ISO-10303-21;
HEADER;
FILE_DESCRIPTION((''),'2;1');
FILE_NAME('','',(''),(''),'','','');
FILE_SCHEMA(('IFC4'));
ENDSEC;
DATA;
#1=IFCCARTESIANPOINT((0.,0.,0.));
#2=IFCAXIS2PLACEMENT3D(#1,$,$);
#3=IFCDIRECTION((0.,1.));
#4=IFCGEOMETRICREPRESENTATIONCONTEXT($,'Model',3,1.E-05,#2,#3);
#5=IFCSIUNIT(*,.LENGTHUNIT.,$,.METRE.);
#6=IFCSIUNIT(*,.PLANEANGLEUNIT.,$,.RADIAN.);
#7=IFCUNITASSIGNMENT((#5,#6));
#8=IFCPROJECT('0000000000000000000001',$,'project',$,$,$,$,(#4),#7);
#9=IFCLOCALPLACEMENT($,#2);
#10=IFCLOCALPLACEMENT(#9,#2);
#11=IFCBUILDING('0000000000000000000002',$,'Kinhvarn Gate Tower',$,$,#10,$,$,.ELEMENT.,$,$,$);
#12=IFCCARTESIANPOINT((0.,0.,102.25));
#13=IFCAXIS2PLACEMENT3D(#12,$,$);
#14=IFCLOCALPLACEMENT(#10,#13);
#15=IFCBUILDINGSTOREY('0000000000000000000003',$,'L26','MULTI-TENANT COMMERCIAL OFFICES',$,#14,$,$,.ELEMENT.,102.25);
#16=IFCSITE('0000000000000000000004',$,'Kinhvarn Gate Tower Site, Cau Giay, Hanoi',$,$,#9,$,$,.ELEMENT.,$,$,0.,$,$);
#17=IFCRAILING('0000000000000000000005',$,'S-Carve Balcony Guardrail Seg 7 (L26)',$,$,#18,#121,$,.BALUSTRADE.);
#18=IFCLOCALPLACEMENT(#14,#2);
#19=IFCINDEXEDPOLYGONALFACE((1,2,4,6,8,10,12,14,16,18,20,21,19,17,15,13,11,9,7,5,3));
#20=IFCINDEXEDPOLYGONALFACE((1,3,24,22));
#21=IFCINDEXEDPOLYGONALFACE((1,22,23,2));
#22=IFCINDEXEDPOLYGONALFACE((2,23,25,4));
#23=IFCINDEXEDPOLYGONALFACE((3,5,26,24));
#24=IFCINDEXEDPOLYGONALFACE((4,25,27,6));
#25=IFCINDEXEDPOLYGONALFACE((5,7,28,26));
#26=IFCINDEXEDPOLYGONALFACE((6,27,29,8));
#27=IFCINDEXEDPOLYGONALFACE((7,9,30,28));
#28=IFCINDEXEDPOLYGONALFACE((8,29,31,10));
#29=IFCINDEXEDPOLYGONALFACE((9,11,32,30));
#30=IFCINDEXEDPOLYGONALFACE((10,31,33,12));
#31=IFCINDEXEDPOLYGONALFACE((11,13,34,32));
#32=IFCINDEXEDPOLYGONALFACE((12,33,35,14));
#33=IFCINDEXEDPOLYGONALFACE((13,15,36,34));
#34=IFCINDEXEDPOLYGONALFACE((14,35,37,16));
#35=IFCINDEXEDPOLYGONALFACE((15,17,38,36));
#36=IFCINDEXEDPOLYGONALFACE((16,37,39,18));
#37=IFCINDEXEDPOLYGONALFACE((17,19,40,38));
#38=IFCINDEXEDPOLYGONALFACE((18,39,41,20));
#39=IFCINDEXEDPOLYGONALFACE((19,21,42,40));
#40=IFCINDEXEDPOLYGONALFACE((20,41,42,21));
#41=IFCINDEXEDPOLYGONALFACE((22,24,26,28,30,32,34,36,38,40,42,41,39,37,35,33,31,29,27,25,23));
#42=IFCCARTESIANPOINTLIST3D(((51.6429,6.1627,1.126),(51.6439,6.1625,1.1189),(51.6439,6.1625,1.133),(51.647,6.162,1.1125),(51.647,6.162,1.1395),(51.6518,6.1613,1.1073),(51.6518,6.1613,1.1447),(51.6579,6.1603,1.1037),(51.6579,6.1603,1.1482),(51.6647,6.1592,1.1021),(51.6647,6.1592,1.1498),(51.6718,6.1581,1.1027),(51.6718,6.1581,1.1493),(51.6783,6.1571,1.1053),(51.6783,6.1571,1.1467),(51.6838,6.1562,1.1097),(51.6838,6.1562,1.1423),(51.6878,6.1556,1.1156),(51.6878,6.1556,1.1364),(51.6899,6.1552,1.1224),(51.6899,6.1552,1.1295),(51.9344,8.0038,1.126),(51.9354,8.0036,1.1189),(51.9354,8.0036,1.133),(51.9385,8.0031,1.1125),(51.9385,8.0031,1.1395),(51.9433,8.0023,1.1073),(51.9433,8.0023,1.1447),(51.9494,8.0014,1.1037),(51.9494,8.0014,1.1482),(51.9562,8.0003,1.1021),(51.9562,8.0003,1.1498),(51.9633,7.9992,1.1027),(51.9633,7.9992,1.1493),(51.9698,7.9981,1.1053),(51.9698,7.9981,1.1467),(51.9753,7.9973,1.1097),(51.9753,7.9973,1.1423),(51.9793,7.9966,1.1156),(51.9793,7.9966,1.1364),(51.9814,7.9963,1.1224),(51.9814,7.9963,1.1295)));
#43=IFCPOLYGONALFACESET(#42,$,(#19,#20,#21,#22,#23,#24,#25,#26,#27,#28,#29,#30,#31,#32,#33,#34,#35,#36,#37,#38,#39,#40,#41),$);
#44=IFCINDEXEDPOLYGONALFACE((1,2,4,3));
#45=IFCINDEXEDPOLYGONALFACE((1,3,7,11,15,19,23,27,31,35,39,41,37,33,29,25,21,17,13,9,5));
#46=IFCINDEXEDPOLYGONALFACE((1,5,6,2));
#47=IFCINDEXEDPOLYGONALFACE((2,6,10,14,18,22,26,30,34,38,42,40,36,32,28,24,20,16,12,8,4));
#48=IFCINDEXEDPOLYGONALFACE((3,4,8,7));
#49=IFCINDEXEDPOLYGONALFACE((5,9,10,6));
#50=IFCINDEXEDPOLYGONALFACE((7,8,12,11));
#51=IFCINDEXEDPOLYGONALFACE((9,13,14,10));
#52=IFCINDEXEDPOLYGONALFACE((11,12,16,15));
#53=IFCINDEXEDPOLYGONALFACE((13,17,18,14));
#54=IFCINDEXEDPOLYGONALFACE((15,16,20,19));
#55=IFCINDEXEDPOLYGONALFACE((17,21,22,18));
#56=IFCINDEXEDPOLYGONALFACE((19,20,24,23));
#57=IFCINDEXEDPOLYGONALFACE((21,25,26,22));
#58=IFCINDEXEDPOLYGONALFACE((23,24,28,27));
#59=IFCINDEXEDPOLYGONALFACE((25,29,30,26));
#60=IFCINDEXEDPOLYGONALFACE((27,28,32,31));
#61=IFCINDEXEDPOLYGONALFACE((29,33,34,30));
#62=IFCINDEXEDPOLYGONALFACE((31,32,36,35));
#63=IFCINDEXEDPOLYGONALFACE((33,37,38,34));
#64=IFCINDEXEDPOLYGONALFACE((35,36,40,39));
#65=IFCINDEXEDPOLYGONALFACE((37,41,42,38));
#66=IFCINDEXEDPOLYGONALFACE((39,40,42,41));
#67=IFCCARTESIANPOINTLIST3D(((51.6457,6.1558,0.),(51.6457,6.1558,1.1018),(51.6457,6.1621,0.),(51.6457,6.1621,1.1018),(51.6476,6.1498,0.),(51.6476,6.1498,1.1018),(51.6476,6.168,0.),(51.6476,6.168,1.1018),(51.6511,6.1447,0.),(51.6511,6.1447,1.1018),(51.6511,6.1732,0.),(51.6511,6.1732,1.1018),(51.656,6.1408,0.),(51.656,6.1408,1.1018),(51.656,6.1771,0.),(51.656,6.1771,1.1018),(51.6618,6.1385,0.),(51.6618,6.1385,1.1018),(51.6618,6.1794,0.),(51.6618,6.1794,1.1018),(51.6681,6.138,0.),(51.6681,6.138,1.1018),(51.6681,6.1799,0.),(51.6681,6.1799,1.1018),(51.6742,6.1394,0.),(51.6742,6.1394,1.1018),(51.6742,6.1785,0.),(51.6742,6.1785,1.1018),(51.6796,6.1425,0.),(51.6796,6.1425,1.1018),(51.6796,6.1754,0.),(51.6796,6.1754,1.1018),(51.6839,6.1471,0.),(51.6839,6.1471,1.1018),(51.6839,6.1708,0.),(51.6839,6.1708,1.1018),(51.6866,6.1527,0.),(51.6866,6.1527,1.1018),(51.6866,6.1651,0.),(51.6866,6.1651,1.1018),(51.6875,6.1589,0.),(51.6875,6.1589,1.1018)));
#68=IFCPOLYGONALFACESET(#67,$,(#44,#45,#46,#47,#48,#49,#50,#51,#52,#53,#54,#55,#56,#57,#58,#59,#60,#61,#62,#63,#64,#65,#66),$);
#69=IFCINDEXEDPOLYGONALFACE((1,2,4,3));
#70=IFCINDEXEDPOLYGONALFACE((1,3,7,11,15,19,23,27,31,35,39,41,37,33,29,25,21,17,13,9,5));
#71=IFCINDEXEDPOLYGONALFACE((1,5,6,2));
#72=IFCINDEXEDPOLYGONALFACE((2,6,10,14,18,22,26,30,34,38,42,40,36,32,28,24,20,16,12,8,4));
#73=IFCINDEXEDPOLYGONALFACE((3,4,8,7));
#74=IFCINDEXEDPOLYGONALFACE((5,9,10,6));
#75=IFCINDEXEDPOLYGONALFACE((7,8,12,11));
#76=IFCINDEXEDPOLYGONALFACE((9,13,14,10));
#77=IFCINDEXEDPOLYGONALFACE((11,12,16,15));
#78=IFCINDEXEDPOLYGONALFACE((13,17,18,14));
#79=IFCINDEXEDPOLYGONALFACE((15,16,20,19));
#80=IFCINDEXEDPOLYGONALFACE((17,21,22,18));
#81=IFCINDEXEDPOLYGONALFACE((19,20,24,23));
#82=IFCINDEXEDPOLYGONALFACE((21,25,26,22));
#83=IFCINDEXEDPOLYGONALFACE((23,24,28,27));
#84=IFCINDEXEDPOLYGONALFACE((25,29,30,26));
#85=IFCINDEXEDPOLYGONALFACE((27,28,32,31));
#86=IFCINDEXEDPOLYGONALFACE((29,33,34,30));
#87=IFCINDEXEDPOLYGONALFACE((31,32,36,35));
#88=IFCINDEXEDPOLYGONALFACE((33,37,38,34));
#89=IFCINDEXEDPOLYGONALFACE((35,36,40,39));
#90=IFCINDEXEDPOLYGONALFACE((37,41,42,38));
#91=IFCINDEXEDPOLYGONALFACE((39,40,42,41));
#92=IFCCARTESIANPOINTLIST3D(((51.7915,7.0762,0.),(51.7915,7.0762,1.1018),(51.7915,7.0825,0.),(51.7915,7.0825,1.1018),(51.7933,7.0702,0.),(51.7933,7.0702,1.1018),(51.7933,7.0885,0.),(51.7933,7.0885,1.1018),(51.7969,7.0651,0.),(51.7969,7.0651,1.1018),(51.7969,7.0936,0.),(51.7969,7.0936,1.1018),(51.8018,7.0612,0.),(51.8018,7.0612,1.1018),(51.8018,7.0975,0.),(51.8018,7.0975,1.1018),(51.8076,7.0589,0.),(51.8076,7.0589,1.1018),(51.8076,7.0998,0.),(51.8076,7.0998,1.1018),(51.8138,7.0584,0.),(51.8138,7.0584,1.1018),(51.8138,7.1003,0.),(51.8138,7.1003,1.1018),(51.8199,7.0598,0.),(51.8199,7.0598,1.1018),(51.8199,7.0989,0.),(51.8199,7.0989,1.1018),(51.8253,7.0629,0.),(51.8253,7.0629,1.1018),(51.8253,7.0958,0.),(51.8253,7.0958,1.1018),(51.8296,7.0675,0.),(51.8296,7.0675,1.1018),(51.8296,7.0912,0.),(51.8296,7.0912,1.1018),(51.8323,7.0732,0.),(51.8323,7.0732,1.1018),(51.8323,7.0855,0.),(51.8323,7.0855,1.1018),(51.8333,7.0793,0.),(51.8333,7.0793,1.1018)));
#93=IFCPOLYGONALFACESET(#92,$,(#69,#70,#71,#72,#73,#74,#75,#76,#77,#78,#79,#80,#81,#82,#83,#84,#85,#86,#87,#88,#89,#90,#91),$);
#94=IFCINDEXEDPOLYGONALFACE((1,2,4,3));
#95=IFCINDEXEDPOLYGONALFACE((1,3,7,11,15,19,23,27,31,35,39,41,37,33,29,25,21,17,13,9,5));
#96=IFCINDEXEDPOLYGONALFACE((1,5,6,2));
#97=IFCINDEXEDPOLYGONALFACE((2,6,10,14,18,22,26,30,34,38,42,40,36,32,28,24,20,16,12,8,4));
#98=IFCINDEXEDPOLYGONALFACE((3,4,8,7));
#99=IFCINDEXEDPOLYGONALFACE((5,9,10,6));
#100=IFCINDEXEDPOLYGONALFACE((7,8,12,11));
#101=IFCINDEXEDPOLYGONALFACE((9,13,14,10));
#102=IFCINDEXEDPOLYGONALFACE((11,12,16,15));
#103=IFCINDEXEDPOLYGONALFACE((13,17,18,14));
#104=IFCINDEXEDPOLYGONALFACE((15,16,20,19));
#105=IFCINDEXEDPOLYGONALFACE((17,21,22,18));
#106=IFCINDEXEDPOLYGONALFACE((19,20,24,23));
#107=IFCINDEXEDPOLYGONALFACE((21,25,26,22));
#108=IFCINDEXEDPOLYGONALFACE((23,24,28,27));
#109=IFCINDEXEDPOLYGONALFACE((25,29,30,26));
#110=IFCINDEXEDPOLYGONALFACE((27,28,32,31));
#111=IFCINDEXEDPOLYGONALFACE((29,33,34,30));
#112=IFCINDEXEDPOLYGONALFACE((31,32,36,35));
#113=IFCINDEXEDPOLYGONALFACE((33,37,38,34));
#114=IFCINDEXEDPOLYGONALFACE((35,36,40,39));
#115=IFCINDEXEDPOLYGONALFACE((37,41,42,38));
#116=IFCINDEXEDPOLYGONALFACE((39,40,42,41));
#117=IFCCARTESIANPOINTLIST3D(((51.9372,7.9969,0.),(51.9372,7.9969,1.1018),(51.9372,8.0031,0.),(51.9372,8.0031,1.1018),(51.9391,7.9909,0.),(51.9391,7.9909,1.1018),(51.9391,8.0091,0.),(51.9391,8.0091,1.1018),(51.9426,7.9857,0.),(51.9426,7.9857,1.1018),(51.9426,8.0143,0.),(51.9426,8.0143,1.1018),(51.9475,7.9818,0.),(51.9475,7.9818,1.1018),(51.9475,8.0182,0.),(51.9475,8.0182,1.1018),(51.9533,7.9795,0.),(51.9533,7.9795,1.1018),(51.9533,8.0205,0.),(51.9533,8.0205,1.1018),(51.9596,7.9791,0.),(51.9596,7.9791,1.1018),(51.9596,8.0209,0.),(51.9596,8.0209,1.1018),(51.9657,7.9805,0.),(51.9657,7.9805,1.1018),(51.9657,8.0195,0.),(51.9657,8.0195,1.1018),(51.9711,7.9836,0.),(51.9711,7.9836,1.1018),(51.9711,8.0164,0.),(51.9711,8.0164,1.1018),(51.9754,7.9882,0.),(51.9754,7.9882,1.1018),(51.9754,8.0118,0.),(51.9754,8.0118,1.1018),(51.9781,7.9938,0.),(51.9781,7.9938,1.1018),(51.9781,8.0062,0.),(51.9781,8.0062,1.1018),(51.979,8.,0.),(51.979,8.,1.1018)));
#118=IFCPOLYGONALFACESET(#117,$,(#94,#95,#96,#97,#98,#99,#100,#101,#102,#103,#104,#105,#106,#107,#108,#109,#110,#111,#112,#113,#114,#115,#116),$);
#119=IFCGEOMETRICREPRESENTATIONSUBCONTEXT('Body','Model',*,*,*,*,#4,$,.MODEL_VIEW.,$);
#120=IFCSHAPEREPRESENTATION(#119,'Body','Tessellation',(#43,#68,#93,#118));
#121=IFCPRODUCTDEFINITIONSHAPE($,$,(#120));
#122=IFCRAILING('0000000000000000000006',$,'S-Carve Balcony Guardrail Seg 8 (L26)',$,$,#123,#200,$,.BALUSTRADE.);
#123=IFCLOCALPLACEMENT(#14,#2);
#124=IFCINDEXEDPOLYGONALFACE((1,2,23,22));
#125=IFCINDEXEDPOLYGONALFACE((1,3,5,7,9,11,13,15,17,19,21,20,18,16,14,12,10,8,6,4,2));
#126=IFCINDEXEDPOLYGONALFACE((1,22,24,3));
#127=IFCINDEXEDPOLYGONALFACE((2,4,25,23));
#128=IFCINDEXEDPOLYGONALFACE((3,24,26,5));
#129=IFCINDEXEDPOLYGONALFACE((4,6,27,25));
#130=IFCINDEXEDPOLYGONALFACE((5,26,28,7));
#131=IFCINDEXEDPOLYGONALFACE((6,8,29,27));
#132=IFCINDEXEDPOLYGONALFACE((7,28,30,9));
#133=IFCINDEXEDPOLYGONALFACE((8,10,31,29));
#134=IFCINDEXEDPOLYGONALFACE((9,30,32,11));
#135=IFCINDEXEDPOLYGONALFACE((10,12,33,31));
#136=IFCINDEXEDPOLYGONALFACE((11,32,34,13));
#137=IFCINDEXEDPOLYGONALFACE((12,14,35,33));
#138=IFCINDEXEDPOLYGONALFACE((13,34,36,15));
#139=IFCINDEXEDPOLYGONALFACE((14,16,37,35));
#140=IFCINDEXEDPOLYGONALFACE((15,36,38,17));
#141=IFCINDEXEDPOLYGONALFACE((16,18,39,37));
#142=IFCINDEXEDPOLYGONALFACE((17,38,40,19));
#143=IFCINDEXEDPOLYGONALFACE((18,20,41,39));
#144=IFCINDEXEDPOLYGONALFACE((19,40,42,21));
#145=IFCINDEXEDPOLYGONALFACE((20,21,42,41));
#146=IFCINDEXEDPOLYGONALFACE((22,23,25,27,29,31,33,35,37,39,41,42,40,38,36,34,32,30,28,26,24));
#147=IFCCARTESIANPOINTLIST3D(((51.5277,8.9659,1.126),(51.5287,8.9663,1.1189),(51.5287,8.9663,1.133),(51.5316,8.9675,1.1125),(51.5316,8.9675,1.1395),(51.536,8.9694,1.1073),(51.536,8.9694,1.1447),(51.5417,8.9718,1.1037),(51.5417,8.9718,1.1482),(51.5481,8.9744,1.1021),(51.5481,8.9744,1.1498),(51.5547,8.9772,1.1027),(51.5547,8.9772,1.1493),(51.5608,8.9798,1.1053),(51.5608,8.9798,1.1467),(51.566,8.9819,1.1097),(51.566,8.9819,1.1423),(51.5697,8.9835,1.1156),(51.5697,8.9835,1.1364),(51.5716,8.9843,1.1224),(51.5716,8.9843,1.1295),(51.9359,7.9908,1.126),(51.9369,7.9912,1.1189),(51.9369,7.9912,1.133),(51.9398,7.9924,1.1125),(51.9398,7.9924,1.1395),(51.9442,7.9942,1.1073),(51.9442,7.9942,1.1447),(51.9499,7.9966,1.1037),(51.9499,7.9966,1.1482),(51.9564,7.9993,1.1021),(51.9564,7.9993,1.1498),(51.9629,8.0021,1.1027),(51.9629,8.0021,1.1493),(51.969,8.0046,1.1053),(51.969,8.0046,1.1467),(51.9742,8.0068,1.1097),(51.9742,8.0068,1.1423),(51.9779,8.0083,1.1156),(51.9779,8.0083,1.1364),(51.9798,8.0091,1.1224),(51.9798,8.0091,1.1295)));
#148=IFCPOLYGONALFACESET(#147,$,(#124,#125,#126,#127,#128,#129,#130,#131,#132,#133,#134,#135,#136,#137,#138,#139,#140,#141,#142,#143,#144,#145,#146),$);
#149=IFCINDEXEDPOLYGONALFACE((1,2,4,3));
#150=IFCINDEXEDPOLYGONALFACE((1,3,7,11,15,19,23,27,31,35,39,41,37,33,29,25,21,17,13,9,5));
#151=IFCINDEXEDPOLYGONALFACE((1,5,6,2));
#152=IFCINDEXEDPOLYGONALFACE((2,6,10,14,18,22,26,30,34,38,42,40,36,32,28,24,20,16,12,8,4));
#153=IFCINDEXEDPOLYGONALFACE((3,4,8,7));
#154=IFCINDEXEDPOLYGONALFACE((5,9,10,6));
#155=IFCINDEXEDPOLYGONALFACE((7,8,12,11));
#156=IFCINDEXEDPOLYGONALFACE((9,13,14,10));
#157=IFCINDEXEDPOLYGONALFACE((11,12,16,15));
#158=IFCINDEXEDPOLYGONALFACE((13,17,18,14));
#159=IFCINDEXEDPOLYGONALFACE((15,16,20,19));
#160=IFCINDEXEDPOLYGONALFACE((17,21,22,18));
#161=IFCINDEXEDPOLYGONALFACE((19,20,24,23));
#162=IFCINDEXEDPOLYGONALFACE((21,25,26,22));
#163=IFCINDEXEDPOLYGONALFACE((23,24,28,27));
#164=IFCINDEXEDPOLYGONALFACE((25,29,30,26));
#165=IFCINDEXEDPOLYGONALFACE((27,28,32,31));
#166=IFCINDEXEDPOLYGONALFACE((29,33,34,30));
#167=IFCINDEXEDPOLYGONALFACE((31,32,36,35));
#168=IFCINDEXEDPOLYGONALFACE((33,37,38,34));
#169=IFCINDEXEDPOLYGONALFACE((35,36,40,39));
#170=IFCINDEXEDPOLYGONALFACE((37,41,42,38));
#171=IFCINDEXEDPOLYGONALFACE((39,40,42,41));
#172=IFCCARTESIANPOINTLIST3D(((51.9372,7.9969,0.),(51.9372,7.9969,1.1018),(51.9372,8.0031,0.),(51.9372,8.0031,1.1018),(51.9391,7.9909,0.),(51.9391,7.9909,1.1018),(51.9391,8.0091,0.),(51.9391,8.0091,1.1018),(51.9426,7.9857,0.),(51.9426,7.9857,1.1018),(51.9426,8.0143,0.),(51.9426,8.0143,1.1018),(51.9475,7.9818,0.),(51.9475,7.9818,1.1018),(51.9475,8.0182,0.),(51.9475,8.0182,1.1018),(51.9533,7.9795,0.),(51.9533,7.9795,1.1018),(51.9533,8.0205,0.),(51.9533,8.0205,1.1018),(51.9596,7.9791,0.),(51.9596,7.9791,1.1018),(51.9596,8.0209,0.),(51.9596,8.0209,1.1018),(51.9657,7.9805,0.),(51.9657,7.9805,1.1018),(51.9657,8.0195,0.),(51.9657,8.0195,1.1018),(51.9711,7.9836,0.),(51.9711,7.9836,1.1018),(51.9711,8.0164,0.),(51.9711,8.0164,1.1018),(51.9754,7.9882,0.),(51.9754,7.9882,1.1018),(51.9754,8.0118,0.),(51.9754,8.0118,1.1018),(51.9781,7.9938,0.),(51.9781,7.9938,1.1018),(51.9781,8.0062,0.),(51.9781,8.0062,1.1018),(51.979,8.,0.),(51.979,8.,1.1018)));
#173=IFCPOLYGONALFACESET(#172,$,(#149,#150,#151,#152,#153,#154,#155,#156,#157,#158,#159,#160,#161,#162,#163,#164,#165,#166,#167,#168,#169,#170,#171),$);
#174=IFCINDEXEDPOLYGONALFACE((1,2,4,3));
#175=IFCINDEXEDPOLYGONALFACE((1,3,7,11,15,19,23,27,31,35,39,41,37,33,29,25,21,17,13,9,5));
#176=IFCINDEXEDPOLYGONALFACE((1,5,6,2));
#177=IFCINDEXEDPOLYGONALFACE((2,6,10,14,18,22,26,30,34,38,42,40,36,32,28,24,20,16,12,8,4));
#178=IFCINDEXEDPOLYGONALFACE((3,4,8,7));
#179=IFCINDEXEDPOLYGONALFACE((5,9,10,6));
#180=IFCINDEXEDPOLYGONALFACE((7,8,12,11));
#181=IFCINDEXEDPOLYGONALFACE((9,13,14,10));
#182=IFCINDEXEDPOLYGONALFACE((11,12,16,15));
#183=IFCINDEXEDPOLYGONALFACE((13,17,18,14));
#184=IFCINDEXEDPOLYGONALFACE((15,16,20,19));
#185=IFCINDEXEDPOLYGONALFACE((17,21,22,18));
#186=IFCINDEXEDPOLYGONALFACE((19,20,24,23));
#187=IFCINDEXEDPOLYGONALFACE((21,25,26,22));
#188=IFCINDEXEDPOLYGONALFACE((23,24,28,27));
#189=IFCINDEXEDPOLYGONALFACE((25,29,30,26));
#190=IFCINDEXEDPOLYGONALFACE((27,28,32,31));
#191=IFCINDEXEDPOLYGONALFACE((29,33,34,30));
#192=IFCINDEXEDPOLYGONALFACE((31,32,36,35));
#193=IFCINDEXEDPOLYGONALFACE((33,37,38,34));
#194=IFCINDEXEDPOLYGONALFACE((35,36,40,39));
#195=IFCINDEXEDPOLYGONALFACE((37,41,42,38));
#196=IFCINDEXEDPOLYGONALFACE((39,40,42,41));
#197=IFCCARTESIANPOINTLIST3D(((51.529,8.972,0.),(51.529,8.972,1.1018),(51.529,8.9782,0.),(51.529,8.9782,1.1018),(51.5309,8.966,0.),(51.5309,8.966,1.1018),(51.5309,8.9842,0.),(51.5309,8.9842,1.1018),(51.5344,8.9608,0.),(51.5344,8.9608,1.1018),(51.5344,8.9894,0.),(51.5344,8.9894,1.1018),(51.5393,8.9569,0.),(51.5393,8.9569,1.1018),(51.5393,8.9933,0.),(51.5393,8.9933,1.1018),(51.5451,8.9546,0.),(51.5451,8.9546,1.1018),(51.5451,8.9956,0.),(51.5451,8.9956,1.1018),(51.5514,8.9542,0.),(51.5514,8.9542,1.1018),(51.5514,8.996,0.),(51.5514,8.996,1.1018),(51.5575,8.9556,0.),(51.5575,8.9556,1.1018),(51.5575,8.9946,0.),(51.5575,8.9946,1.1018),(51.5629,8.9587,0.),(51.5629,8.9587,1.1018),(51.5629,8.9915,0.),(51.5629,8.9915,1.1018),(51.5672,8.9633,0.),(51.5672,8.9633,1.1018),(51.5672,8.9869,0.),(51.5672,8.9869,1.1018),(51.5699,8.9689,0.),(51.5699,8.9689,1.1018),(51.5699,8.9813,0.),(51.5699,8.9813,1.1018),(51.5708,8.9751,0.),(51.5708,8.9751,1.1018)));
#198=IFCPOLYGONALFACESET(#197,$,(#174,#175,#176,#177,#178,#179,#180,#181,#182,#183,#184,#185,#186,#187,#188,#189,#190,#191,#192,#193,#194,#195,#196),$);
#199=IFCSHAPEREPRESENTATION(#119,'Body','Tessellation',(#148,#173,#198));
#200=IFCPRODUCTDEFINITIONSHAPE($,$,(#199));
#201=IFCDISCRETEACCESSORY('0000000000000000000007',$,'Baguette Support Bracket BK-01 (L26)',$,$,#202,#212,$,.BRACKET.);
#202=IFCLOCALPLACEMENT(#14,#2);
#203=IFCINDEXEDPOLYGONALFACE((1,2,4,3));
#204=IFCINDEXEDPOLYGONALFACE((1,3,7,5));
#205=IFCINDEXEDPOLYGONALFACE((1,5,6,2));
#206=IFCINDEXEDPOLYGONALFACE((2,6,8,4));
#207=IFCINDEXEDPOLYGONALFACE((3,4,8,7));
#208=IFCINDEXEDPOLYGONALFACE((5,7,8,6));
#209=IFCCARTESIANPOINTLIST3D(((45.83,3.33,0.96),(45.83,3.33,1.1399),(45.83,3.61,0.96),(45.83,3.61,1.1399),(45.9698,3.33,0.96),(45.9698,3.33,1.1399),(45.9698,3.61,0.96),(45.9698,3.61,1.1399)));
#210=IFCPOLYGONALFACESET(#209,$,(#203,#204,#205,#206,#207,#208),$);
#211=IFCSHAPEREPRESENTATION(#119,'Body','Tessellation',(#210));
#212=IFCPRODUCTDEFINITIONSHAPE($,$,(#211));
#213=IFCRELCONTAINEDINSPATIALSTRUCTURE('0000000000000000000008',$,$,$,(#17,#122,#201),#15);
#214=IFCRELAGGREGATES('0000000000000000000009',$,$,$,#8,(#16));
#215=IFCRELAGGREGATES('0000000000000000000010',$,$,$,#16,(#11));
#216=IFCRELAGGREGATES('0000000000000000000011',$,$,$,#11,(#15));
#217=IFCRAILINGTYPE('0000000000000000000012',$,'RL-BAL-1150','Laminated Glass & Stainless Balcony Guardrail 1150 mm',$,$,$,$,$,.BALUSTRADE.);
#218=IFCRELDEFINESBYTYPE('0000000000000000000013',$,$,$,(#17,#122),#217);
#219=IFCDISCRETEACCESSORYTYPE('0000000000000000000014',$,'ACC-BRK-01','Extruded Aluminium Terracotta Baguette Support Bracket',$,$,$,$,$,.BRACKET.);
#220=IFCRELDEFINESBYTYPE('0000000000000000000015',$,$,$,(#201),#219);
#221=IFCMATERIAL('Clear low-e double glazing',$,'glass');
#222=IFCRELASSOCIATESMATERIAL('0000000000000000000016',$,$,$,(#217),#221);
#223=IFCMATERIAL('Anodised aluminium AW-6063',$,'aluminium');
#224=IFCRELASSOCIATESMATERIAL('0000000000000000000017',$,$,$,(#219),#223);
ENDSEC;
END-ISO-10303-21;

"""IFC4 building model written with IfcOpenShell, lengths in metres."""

from ifc_helpers import new_model, si_unit, direction, frame, origin, origin_2d, place, context, subcontext, project, spatial, rectangle, circle, extrude, material, type_object, element, save


model = new_model("IFC4")

# Units and contexts
model_context = context("Model", 3, precision=1e-05, world=origin(), true_north=direction((0.0, 1.0)))
body_context = subcontext(model_context, "Body", "Model", "MODEL_VIEW")
ifc_project = project(units=[si_unit("LENGTHUNIT", "METRE"), si_unit("PLANEANGLEUNIT", "RADIAN")], contexts=[model_context])

# Site, building, storey
site_placement = place(None, origin())
site = spatial("IfcSite", under=ifc_project, at=site_placement, Name="Kinhvarn Gate Tower Site, Cau Giay, Hanoi", CompositionType="ELEMENT", RefElevation=0.0)
building_placement = place(site_placement, origin())
building = spatial("IfcBuilding", under=site, at=building_placement, Name="Kinhvarn Gate Tower", CompositionType="ELEMENT")
storey_placement = place(building_placement, frame((0.0, 0.0, 102.25)))
storey = spatial("IfcBuildingStorey", under=building, at=storey_placement, Name="L26", Description="MULTI-TENANT COMMERCIAL OFFICES", CompositionType="ELEMENT", Elevation=102.25)

# Shared definitions
ifc_material_1 = material(Name="Anodised aluminium AW-6063", Category="aluminium")

# Shared definitions
ifc_material_2 = material(Name="Clear low-e double glazing", Category="glass")

# Railings
railing_type = type_object("IfcRailingType", Name="RL-BAL-1150", Description="Laminated Glass & Stainless Balcony Guardrail 1150 mm", PredefinedType="BALUSTRADE", material=ifc_material_2)
railing_1_placement = place(storey_placement, frame((51.6665, 6.1589, 0.0)))
element("IfcRailing", 1, at=railing_1_placement, inside=storey, type_object=railing_type, Name="S-Carve Balcony Guardrail Seg 7 (L26)", PredefinedType="BALUSTRADE", context=body_context, shape_type="SweptSolid", body=[
    extrude(circle(Radius=0.0239, at=origin_2d()), frame((0.0, 0.0, 1.126), z_axis=(0.156386, 0.987696, 0.0), x_axis=(-0.987696, 0.156386, 0.0)), (0.0, 0.0, 1.0), 1.864),
    extrude(circle(Radius=0.021, at=origin_2d()), origin(), (0.0, 0.0, 1.0), 1.1018),
    extrude(circle(Radius=0.021, at=origin_2d()), frame((0.1458, 0.9204, 0.0)), (0.0, 0.0, 1.0), 1.1018),
    extrude(circle(Radius=0.021, at=origin_2d()), frame((0.2915, 1.8411, 0.0)), (0.0, 0.0, 1.0), 1.1018),
])
railing_2_placement = place(storey_placement, frame((51.958, 8.0, 0.0)))
element("IfcRailing", 2, at=railing_2_placement, inside=storey, type_object=railing_type, Name="S-Carve Balcony Guardrail Seg 8 (L26)", PredefinedType="BALUSTRADE", context=body_context, shape_type="SweptSolid", body=[
    extrude(circle(Radius=0.0239, at=origin_2d()), frame((0.0, 0.0, 1.126), z_axis=(-0.386156, 0.922433, 0.0), x_axis=(-0.922433, -0.386156, 0.0)), (0.0, 0.0, 1.0), 1.0571),
    extrude(circle(Radius=0.021, at=origin_2d()), origin(), (0.0, 0.0, 1.0), 1.1018),
    extrude(circle(Radius=0.021, at=origin_2d()), frame((-0.4082, 0.9751, 0.0)), (0.0, 0.0, 1.0), 1.1018),
])

# Discrete accessory
discrete_accessory_type = type_object("IfcDiscreteAccessoryType", Name="ACC-BRK-01", Description="Extruded Aluminium Terracotta Baguette Support Bracket", PredefinedType="BRACKET", material=ifc_material_1)
for number, where, z_axis, x_axis, name in (
    (3, (45.8999, 3.47, 0.96), (0.0, 0.0, 1.0), (1.0, 0.0, 0.0), "Baguette Support Bracket BK-01 (L26)"),
):
    element("IfcDiscreteAccessory", number, at=place(storey_placement, frame(where, z_axis=z_axis, x_axis=x_axis)), inside=storey, type_object=discrete_accessory_type, Name=name, PredefinedType="BRACKET", context=body_context, shape_type="SweptSolid", body=[
        extrude(rectangle(XDim=0.1399, YDim=0.28, at=origin_2d()), origin(), (0.0, 0.0, 1.0), 0.1799),
    ])

save(model, "model.ifc")
